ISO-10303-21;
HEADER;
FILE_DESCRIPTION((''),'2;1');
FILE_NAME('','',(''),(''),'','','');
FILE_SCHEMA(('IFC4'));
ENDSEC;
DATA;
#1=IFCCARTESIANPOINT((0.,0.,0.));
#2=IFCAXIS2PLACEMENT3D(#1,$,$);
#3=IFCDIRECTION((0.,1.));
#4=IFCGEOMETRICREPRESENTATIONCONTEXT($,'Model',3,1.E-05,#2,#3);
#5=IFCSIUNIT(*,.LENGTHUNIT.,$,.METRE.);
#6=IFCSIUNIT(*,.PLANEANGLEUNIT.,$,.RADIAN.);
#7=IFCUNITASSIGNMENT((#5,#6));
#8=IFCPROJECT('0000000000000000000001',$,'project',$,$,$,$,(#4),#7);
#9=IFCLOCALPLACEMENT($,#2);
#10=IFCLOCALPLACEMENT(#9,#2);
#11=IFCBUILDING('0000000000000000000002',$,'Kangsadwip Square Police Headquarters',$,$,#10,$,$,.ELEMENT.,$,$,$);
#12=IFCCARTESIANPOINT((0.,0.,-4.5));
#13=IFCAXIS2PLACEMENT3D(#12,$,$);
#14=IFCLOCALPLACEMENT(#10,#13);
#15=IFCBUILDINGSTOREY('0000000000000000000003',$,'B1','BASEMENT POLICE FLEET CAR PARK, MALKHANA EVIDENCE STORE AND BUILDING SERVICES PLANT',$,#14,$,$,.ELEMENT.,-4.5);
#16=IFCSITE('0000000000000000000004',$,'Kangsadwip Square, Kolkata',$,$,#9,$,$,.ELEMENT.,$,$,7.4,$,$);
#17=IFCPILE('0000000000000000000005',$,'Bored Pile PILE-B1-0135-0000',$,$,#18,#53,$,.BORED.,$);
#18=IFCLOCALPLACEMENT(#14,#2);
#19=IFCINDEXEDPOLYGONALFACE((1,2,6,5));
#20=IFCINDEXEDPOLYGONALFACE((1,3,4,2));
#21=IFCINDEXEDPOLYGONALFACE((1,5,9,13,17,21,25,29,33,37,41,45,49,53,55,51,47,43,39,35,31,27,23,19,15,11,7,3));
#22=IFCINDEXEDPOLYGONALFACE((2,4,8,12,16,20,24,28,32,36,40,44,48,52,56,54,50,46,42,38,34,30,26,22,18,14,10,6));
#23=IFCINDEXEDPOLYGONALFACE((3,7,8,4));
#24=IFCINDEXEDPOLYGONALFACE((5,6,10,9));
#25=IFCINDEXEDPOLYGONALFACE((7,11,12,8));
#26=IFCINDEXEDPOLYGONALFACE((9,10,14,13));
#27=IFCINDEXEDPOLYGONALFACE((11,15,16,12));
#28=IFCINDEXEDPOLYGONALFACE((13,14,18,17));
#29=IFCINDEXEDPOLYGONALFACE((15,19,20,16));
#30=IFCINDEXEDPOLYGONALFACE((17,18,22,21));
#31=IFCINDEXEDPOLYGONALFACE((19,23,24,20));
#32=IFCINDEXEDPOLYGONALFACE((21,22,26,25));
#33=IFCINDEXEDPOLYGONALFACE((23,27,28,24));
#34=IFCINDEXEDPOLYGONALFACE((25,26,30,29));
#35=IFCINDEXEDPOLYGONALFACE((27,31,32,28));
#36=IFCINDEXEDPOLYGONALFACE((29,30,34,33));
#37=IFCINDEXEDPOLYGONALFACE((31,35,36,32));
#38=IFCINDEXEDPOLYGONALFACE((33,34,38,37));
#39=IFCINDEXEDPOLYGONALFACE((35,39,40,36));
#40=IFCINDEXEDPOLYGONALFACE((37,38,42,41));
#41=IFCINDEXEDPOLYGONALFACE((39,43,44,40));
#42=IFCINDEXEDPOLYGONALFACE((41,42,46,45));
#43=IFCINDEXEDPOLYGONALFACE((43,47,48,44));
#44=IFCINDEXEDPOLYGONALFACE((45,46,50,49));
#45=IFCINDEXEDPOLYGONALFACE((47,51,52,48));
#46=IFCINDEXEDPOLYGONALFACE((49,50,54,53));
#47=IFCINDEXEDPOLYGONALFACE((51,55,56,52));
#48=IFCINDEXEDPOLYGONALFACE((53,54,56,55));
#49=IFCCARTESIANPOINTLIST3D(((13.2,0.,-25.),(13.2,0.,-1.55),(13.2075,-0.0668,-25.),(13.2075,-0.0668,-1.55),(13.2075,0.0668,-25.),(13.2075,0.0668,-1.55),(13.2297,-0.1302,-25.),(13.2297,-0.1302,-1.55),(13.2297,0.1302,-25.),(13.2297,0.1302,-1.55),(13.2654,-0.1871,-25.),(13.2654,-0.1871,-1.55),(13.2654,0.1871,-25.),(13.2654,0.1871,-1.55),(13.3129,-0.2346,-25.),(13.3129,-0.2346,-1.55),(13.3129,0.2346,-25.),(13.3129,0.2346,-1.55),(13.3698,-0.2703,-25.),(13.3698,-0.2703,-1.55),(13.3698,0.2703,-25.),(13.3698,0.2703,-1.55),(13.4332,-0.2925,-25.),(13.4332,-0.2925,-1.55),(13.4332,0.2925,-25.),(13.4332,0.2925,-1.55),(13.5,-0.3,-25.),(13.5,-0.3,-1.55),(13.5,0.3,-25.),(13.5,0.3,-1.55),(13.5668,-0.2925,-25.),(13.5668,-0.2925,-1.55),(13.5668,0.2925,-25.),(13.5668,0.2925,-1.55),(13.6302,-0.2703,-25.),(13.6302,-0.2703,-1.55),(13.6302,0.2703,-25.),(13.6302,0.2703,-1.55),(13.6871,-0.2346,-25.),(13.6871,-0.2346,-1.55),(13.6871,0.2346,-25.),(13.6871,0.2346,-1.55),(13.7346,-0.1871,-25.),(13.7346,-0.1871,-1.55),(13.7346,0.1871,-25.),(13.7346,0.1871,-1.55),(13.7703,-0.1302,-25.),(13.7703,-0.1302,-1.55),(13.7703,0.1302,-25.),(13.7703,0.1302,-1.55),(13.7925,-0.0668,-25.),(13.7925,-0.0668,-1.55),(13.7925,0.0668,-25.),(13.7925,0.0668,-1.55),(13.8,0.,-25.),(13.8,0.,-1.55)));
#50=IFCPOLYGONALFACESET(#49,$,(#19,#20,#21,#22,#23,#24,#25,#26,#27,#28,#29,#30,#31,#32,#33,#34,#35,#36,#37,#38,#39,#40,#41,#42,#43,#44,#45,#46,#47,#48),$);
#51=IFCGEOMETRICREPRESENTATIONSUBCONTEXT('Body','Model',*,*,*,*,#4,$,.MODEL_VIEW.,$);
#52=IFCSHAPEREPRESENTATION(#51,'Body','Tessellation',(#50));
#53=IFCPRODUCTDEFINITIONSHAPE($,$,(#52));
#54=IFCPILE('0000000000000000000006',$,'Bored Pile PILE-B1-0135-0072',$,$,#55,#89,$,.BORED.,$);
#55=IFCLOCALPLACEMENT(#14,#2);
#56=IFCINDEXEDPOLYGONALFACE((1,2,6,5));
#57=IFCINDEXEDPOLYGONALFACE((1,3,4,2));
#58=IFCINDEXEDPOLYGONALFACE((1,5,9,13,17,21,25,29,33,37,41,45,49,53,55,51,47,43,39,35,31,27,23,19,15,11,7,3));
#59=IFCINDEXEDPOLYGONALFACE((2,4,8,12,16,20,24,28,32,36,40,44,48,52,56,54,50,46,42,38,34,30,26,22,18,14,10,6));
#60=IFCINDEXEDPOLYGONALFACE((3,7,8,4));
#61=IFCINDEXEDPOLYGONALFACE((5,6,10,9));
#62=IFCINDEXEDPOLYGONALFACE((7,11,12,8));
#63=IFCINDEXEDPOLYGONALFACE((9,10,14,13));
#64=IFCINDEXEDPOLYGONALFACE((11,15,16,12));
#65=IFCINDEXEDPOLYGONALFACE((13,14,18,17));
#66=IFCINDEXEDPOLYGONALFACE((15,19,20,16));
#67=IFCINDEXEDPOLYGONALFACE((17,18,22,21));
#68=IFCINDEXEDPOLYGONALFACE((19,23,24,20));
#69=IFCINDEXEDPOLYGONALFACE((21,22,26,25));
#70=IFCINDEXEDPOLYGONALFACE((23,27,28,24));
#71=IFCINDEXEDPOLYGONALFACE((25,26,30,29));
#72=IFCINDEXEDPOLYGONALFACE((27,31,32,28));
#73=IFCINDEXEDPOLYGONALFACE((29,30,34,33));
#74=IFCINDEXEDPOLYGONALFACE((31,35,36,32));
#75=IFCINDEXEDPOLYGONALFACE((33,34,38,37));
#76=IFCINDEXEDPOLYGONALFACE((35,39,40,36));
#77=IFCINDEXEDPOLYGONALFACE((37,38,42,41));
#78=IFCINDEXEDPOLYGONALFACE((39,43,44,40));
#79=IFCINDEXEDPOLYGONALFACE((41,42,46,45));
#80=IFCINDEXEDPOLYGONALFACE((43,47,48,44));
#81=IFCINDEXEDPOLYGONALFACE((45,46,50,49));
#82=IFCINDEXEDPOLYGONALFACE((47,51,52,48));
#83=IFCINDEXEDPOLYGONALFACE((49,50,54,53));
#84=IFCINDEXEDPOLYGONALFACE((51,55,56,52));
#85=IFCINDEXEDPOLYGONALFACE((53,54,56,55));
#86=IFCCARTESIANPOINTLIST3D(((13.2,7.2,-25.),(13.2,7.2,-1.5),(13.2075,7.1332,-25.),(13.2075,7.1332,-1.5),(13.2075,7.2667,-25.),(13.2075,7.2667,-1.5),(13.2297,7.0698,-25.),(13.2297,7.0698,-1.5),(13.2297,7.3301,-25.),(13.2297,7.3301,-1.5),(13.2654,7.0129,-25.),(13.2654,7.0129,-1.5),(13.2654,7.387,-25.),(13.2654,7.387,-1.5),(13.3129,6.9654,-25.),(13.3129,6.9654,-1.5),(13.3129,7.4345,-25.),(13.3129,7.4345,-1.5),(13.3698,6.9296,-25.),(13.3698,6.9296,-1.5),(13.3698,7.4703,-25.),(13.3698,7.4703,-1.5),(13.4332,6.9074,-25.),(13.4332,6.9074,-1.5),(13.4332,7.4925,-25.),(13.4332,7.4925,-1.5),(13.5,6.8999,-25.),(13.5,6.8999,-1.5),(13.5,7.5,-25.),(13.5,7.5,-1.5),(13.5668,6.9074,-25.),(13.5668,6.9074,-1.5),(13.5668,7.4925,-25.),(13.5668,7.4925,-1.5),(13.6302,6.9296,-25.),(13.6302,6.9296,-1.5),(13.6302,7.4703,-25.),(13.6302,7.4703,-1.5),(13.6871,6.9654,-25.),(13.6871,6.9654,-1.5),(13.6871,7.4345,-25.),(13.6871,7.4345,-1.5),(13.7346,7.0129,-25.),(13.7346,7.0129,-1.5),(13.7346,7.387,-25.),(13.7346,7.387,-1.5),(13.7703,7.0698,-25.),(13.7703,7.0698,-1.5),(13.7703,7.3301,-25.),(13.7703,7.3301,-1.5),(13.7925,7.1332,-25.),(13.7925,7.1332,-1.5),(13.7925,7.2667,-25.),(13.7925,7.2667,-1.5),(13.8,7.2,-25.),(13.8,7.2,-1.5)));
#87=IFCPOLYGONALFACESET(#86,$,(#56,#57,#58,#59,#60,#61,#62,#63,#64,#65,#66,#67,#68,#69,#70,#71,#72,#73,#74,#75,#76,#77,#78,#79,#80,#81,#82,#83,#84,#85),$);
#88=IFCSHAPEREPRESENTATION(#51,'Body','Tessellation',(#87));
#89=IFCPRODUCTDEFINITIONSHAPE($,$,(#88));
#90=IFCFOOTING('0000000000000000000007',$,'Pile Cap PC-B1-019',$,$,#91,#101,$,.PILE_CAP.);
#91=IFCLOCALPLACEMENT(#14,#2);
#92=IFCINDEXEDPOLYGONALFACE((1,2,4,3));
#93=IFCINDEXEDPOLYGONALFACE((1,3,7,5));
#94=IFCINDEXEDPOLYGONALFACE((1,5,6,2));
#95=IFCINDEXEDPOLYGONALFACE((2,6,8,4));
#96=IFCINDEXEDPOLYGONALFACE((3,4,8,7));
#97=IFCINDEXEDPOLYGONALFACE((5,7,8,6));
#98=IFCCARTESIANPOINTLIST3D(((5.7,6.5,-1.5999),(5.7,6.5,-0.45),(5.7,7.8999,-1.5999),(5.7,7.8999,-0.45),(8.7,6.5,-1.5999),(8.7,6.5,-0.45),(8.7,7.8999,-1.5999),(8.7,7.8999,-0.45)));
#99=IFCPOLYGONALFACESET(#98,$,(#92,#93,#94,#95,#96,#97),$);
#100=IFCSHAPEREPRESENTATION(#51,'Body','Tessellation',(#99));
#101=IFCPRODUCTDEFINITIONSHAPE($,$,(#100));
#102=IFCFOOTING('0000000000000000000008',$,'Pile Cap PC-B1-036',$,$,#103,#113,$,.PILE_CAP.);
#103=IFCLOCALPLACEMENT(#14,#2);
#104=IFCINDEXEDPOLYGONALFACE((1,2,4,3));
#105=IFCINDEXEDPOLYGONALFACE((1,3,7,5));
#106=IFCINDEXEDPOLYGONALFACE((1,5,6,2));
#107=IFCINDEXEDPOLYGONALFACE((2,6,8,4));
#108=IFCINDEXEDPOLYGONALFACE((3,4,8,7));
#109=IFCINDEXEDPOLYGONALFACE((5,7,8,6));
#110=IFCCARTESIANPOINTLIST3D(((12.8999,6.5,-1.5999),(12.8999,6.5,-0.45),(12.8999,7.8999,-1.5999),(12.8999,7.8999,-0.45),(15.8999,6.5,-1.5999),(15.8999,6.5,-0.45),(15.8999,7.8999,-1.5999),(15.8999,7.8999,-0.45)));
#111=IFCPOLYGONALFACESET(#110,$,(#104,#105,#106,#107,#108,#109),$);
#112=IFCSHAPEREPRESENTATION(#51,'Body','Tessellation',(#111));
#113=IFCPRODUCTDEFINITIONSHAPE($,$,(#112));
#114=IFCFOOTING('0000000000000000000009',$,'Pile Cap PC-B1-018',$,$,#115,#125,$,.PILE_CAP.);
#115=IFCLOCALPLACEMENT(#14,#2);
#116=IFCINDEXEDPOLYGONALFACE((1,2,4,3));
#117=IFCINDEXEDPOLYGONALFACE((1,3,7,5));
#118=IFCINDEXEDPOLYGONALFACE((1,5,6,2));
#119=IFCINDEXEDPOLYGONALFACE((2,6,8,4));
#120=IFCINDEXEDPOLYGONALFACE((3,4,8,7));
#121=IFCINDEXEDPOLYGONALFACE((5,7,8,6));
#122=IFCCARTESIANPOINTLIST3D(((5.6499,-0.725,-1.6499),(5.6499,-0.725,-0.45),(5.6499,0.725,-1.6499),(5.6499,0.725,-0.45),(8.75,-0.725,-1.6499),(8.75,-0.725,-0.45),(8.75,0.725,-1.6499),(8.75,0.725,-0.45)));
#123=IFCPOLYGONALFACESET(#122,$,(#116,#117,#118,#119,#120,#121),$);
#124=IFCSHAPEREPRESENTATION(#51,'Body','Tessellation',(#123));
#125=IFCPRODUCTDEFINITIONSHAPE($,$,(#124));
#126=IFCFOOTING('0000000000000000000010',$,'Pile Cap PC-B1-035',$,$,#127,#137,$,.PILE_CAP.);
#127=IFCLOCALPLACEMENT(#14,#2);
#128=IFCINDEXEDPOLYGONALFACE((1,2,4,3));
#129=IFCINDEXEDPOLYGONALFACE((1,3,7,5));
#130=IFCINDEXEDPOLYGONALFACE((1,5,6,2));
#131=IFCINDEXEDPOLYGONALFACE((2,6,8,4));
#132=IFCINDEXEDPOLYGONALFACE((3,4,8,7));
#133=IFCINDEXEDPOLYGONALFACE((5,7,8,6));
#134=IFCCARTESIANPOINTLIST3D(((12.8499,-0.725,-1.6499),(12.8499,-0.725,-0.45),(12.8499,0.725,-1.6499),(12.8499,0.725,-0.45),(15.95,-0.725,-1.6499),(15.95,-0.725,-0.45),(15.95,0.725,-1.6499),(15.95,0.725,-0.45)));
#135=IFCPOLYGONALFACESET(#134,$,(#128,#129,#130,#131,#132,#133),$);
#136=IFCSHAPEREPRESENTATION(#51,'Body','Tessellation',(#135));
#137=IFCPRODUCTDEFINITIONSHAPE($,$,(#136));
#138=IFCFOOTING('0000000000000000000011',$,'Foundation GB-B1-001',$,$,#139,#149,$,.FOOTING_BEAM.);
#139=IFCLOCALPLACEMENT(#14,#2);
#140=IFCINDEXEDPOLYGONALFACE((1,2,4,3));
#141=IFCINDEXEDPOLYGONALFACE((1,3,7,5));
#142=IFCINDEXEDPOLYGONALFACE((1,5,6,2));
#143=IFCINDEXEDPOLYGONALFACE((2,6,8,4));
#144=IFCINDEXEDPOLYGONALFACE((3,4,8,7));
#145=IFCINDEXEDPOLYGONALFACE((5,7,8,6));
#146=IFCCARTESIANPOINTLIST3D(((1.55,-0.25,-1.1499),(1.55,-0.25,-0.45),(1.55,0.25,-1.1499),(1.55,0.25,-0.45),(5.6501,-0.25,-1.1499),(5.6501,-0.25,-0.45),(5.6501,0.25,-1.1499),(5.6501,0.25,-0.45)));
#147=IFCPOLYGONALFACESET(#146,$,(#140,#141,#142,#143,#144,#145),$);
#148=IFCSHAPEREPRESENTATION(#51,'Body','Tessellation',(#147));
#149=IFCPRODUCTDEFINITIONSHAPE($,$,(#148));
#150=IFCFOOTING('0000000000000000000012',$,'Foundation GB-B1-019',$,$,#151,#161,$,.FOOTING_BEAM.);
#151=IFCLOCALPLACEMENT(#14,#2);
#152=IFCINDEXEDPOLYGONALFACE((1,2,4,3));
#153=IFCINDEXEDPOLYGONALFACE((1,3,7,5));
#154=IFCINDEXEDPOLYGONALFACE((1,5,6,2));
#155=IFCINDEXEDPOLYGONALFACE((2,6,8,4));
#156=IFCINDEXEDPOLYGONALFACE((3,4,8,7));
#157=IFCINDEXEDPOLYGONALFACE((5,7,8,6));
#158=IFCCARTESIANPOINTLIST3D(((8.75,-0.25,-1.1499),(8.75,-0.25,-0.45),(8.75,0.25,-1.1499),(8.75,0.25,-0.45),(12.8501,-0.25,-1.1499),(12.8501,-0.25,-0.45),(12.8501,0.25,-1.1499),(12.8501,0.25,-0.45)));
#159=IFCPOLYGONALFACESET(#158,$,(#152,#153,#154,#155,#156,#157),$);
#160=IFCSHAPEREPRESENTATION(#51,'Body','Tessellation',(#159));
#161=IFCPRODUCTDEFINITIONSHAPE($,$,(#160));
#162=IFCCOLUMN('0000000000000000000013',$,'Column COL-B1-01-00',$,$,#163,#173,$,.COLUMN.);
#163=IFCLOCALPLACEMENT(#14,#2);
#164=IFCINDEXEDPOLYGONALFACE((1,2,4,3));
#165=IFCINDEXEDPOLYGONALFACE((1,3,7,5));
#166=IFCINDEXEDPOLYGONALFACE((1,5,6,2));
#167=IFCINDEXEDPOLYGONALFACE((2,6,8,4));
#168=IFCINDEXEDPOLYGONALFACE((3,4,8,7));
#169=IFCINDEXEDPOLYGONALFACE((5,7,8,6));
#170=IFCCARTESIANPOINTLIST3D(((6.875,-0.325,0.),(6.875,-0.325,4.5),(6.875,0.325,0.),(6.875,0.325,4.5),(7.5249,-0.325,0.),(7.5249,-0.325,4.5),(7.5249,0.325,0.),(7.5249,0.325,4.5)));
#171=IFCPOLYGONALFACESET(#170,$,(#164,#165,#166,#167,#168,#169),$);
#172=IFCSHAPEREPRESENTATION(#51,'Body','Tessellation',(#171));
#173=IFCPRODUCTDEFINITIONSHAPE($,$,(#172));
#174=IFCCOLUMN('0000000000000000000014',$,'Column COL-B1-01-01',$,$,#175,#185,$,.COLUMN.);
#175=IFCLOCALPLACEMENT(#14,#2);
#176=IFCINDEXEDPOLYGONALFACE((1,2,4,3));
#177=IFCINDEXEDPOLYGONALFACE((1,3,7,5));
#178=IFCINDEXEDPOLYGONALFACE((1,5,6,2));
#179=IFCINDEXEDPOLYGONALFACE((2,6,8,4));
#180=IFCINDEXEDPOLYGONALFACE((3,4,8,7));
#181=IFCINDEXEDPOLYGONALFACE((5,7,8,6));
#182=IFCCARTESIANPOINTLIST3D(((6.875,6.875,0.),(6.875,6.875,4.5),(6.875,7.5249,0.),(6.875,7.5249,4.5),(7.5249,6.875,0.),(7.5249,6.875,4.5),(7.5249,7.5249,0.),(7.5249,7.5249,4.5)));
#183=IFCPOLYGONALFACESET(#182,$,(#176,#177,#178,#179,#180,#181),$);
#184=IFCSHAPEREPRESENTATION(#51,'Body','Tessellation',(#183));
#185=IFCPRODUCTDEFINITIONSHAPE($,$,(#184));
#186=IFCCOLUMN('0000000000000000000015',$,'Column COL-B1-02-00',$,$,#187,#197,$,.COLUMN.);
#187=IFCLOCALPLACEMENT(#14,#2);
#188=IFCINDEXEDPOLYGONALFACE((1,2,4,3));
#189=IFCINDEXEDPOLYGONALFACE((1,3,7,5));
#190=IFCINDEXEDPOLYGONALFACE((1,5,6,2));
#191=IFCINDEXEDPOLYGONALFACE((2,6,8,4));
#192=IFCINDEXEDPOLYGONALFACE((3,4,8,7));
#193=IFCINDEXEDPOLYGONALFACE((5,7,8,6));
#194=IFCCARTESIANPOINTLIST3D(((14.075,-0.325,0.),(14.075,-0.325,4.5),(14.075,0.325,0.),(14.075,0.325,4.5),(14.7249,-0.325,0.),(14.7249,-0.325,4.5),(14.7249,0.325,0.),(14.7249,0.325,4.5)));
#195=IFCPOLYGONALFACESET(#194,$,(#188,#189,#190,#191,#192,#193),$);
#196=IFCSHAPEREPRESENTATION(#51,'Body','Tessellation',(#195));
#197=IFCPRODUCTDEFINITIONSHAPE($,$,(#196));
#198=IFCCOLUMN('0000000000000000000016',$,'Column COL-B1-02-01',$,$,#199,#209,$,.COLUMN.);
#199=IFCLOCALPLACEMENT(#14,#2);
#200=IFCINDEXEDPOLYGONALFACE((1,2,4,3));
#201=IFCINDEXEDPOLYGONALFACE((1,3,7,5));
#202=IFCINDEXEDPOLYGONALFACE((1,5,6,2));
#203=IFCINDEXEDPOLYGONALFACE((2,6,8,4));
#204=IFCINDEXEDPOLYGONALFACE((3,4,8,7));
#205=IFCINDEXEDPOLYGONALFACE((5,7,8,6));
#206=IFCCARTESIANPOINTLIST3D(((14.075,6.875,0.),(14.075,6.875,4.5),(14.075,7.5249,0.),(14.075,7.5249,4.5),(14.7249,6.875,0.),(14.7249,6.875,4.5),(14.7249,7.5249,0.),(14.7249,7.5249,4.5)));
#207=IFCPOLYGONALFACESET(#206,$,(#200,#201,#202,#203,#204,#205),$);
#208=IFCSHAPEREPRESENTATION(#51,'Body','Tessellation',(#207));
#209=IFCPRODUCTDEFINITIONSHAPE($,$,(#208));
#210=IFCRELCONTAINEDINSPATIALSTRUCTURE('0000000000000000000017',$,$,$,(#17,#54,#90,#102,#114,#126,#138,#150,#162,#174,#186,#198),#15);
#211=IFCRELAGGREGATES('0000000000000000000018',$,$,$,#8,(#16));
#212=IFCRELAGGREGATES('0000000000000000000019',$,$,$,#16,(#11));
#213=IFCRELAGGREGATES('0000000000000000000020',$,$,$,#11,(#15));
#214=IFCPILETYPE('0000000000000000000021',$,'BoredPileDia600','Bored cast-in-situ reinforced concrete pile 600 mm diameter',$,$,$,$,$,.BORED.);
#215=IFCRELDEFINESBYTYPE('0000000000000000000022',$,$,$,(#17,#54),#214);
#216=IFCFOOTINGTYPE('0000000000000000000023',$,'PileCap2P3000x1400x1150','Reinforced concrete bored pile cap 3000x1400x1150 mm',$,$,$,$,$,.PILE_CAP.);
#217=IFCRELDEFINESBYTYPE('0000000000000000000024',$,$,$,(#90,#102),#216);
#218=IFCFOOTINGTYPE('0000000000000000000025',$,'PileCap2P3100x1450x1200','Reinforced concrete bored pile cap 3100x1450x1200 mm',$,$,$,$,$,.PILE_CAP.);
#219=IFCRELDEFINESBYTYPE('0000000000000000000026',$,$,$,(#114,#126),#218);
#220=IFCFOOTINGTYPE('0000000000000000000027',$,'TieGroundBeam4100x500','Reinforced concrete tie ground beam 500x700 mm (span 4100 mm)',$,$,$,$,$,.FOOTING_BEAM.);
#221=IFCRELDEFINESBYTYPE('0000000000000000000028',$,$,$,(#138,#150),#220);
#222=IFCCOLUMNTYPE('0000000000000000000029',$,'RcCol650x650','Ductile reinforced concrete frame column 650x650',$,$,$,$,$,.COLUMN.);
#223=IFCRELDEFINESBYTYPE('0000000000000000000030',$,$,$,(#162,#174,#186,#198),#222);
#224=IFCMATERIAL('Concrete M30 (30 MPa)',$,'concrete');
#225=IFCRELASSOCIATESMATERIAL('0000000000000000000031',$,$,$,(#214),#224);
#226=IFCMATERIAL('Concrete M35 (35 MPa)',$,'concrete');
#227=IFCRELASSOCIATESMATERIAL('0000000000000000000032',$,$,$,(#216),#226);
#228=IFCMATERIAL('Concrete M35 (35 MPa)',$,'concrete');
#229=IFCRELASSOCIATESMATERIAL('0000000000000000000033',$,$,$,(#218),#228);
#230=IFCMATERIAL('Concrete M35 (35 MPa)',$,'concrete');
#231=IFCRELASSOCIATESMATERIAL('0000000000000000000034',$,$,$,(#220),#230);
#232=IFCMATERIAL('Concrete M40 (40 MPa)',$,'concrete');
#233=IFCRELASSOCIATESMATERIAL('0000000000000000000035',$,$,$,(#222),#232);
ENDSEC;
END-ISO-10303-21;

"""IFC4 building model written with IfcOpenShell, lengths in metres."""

from ifc_helpers import new_model, si_unit, direction, frame, origin, origin_2d, place, context, subcontext, project, spatial, rectangle, circle, extrude, material, material_profile, profile_set, type_object, element, save


model = new_model("IFC4")

# Units and contexts
model_context = context("Model", 3, precision=1e-05, world=origin(), true_north=direction((0.0, 1.0)))
body_context = subcontext(model_context, "Body", "Model", "MODEL_VIEW")
ifc_project = project(units=[si_unit("LENGTHUNIT", "METRE"), si_unit("PLANEANGLEUNIT", "RADIAN")], contexts=[model_context])

# Site, building, storey
site_placement = place(None, origin())
site = spatial("IfcSite", under=ifc_project, at=site_placement, Name="Kangsadwip Square, Kolkata", CompositionType="ELEMENT", RefElevation=7.4)
building_placement = place(site_placement, origin())
building = spatial("IfcBuilding", under=site, at=building_placement, Name="Kangsadwip Square Police Headquarters", CompositionType="ELEMENT")
storey_placement = place(building_placement, frame((0.0, 0.0, -4.5)))
storey = spatial("IfcBuildingStorey", under=building, at=storey_placement, Name="B1", Description="BASEMENT POLICE FLEET CAR PARK, MALKHANA EVIDENCE STORE AND BUILDING SERVICES PLANT", CompositionType="ELEMENT", Elevation=-4.5)

# Piles
ifc_material_1 = material(Name="Concrete M30 (30 MPa)", Category="concrete")
ifc_material_profile_1 = material_profile(ifc_material_1, circle(Radius=0.3, at=origin_2d()), Name="PILE DIA 600")
ifc_profile_set_1 = profile_set([ifc_material_profile_1], Name="Concrete M30 (30 MPa)")
pile_type = type_object("IfcPileType", Name="BoredPileDia600", Description="Bored cast-in-situ reinforced concrete pile 600 mm diameter", PredefinedType="BORED", material=ifc_profile_set_1)
pile_1_placement = place(storey_placement, frame((13.5, 0.0, -1.55), z_axis=(0.0, 0.0, -1.0), x_axis=(1.0, 0.0, 0.0)))
element("IfcPile", 1, at=pile_1_placement, inside=storey, type_object=pile_type, Name="Bored Pile PILE-B1-0135-0000", PredefinedType="BORED", context=body_context, shape_type="SweptSolid", body=[
    extrude(circle(Radius=0.3, at=origin_2d()), origin(), (0.0, 0.0, 1.0), 23.45),
])
pile_2_placement = place(storey_placement, frame((13.5, 7.2, -1.5), z_axis=(0.0, 0.0, -1.0), x_axis=(1.0, 0.0, 0.0)))
element("IfcPile", 2, at=pile_2_placement, inside=storey, type_object=pile_type, Name="Bored Pile PILE-B1-0135-0072", PredefinedType="BORED", context=body_context, shape_type="SweptSolid", body=[
    extrude(circle(Radius=0.3, at=origin_2d()), origin(), (0.0, 0.0, 1.0), 23.5),
])

# Footings
ifc_material_2 = material(Name="Concrete M35 (35 MPa)", Category="concrete")
footing_type_1 = type_object("IfcFootingType", Name="PileCap2P3000x1400x1150", Description="Reinforced concrete bored pile cap 3000x1400x1150 mm", PredefinedType="PILE_CAP", material=ifc_material_2)
for number, where, z_axis, x_axis, name in (
    (3, (7.2, 7.2, -1.5999), (0.0, 0.0, 1.0), (1.0, 0.0, 0.0), "Pile Cap PC-B1-019"),
    (4, (14.3999, 7.2, -1.5999), (0.0, 0.0, 1.0), (1.0, 0.0, 0.0), "Pile Cap PC-B1-036"),
):
    element("IfcFooting", number, at=place(storey_placement, frame(where, z_axis=z_axis, x_axis=x_axis)), inside=storey, type_object=footing_type_1, Name=name, PredefinedType="PILE_CAP", context=body_context, shape_type="SweptSolid", body=[
        extrude(rectangle(XDim=3.0, YDim=1.3999, at=origin_2d()), origin(), (0.0, 0.0, 1.0), 1.1499),
    ])
ifc_material_3 = material(Name="Concrete M35 (35 MPa)", Category="concrete")
footing_type_2 = type_object("IfcFootingType", Name="PileCap2P3100x1450x1200", Description="Reinforced concrete bored pile cap 3100x1450x1200 mm", PredefinedType="PILE_CAP", material=ifc_material_3)
for number, where, z_axis, x_axis, name in (
    (5, (7.2, 0.0, -1.6499), (0.0, 0.0, 1.0), (1.0, 0.0, 0.0), "Pile Cap PC-B1-018"),
    (6, (14.3999, 0.0, -1.6499), (0.0, 0.0, 1.0), (1.0, 0.0, 0.0), "Pile Cap PC-B1-035"),
):
    element("IfcFooting", number, at=place(storey_placement, frame(where, z_axis=z_axis, x_axis=x_axis)), inside=storey, type_object=footing_type_2, Name=name, PredefinedType="PILE_CAP", context=body_context, shape_type="SweptSolid", body=[
        extrude(rectangle(XDim=3.1001, YDim=1.45, at=origin_2d()), origin(), (0.0, 0.0, 1.0), 1.2),
    ])
ifc_material_4 = material(Name="Concrete M35 (35 MPa)", Category="concrete")
footing_type_3 = type_object("IfcFootingType", Name="TieGroundBeam4100x500", Description="Reinforced concrete tie ground beam 500x700 mm (span 4100 mm)", PredefinedType="FOOTING_BEAM", material=ifc_material_4)
for number, where, z_axis, x_axis, name in (
    (7, (3.6001, 0.0, -1.1499), (0.0, 0.0, 1.0), (1.0, 0.0, 0.0), "Foundation GB-B1-001"),
    (8, (10.8, 0.0, -1.1499), (0.0, 0.0, 1.0), (1.0, 0.0, 0.0), "Foundation GB-B1-019"),
):
    element("IfcFooting", number, at=place(storey_placement, frame(where, z_axis=z_axis, x_axis=x_axis)), inside=storey, type_object=footing_type_3, Name=name, PredefinedType="FOOTING_BEAM", context=body_context, shape_type="SweptSolid", body=[
        extrude(rectangle(XDim=4.1001, YDim=0.5, at=origin_2d()), origin(), (0.0, 0.0, 1.0), 0.7),
    ])

# Columns
ifc_material_5 = material(Name="Concrete M40 (40 MPa)", Category="concrete")
ifc_material_profile_2 = material_profile(ifc_material_5, rectangle(XDim=0.6499, YDim=0.6499, at=origin_2d()), Name="RC COL 650X650")
ifc_profile_set_2 = profile_set([ifc_material_profile_2], Name="Concrete M40 (40 MPa)")
column_type = type_object("IfcColumnType", Name="RcCol650x650", Description="Ductile reinforced concrete frame column 650x650", PredefinedType="COLUMN", material=ifc_profile_set_2)
for number, where, z_axis, x_axis, name in (
    (9, (7.2, 0.0, 0.0), (0.0, 0.0, 1.0), (1.0, 0.0, 0.0), "Column COL-B1-01-00"),
    (10, (7.2, 7.2, 0.0), (0.0, 0.0, 1.0), (1.0, 0.0, 0.0), "Column COL-B1-01-01"),
    (11, (14.3999, 0.0, 0.0), (0.0, 0.0, 1.0), (1.0, 0.0, 0.0), "Column COL-B1-02-00"),
    (12, (14.3999, 7.2, 0.0), (0.0, 0.0, 1.0), (1.0, 0.0, 0.0), "Column COL-B1-02-01"),
):
    element("IfcColumn", number, at=place(storey_placement, frame(where, z_axis=z_axis, x_axis=x_axis)), inside=storey, type_object=column_type, Name=name, PredefinedType="COLUMN", context=body_context, shape_type="SweptSolid", body=[
        extrude(rectangle(XDim=0.6499, YDim=0.6499, at=origin_2d()), origin(), (0.0, 0.0, 1.0), 4.5),
    ])

save(model, "model.ifc")
